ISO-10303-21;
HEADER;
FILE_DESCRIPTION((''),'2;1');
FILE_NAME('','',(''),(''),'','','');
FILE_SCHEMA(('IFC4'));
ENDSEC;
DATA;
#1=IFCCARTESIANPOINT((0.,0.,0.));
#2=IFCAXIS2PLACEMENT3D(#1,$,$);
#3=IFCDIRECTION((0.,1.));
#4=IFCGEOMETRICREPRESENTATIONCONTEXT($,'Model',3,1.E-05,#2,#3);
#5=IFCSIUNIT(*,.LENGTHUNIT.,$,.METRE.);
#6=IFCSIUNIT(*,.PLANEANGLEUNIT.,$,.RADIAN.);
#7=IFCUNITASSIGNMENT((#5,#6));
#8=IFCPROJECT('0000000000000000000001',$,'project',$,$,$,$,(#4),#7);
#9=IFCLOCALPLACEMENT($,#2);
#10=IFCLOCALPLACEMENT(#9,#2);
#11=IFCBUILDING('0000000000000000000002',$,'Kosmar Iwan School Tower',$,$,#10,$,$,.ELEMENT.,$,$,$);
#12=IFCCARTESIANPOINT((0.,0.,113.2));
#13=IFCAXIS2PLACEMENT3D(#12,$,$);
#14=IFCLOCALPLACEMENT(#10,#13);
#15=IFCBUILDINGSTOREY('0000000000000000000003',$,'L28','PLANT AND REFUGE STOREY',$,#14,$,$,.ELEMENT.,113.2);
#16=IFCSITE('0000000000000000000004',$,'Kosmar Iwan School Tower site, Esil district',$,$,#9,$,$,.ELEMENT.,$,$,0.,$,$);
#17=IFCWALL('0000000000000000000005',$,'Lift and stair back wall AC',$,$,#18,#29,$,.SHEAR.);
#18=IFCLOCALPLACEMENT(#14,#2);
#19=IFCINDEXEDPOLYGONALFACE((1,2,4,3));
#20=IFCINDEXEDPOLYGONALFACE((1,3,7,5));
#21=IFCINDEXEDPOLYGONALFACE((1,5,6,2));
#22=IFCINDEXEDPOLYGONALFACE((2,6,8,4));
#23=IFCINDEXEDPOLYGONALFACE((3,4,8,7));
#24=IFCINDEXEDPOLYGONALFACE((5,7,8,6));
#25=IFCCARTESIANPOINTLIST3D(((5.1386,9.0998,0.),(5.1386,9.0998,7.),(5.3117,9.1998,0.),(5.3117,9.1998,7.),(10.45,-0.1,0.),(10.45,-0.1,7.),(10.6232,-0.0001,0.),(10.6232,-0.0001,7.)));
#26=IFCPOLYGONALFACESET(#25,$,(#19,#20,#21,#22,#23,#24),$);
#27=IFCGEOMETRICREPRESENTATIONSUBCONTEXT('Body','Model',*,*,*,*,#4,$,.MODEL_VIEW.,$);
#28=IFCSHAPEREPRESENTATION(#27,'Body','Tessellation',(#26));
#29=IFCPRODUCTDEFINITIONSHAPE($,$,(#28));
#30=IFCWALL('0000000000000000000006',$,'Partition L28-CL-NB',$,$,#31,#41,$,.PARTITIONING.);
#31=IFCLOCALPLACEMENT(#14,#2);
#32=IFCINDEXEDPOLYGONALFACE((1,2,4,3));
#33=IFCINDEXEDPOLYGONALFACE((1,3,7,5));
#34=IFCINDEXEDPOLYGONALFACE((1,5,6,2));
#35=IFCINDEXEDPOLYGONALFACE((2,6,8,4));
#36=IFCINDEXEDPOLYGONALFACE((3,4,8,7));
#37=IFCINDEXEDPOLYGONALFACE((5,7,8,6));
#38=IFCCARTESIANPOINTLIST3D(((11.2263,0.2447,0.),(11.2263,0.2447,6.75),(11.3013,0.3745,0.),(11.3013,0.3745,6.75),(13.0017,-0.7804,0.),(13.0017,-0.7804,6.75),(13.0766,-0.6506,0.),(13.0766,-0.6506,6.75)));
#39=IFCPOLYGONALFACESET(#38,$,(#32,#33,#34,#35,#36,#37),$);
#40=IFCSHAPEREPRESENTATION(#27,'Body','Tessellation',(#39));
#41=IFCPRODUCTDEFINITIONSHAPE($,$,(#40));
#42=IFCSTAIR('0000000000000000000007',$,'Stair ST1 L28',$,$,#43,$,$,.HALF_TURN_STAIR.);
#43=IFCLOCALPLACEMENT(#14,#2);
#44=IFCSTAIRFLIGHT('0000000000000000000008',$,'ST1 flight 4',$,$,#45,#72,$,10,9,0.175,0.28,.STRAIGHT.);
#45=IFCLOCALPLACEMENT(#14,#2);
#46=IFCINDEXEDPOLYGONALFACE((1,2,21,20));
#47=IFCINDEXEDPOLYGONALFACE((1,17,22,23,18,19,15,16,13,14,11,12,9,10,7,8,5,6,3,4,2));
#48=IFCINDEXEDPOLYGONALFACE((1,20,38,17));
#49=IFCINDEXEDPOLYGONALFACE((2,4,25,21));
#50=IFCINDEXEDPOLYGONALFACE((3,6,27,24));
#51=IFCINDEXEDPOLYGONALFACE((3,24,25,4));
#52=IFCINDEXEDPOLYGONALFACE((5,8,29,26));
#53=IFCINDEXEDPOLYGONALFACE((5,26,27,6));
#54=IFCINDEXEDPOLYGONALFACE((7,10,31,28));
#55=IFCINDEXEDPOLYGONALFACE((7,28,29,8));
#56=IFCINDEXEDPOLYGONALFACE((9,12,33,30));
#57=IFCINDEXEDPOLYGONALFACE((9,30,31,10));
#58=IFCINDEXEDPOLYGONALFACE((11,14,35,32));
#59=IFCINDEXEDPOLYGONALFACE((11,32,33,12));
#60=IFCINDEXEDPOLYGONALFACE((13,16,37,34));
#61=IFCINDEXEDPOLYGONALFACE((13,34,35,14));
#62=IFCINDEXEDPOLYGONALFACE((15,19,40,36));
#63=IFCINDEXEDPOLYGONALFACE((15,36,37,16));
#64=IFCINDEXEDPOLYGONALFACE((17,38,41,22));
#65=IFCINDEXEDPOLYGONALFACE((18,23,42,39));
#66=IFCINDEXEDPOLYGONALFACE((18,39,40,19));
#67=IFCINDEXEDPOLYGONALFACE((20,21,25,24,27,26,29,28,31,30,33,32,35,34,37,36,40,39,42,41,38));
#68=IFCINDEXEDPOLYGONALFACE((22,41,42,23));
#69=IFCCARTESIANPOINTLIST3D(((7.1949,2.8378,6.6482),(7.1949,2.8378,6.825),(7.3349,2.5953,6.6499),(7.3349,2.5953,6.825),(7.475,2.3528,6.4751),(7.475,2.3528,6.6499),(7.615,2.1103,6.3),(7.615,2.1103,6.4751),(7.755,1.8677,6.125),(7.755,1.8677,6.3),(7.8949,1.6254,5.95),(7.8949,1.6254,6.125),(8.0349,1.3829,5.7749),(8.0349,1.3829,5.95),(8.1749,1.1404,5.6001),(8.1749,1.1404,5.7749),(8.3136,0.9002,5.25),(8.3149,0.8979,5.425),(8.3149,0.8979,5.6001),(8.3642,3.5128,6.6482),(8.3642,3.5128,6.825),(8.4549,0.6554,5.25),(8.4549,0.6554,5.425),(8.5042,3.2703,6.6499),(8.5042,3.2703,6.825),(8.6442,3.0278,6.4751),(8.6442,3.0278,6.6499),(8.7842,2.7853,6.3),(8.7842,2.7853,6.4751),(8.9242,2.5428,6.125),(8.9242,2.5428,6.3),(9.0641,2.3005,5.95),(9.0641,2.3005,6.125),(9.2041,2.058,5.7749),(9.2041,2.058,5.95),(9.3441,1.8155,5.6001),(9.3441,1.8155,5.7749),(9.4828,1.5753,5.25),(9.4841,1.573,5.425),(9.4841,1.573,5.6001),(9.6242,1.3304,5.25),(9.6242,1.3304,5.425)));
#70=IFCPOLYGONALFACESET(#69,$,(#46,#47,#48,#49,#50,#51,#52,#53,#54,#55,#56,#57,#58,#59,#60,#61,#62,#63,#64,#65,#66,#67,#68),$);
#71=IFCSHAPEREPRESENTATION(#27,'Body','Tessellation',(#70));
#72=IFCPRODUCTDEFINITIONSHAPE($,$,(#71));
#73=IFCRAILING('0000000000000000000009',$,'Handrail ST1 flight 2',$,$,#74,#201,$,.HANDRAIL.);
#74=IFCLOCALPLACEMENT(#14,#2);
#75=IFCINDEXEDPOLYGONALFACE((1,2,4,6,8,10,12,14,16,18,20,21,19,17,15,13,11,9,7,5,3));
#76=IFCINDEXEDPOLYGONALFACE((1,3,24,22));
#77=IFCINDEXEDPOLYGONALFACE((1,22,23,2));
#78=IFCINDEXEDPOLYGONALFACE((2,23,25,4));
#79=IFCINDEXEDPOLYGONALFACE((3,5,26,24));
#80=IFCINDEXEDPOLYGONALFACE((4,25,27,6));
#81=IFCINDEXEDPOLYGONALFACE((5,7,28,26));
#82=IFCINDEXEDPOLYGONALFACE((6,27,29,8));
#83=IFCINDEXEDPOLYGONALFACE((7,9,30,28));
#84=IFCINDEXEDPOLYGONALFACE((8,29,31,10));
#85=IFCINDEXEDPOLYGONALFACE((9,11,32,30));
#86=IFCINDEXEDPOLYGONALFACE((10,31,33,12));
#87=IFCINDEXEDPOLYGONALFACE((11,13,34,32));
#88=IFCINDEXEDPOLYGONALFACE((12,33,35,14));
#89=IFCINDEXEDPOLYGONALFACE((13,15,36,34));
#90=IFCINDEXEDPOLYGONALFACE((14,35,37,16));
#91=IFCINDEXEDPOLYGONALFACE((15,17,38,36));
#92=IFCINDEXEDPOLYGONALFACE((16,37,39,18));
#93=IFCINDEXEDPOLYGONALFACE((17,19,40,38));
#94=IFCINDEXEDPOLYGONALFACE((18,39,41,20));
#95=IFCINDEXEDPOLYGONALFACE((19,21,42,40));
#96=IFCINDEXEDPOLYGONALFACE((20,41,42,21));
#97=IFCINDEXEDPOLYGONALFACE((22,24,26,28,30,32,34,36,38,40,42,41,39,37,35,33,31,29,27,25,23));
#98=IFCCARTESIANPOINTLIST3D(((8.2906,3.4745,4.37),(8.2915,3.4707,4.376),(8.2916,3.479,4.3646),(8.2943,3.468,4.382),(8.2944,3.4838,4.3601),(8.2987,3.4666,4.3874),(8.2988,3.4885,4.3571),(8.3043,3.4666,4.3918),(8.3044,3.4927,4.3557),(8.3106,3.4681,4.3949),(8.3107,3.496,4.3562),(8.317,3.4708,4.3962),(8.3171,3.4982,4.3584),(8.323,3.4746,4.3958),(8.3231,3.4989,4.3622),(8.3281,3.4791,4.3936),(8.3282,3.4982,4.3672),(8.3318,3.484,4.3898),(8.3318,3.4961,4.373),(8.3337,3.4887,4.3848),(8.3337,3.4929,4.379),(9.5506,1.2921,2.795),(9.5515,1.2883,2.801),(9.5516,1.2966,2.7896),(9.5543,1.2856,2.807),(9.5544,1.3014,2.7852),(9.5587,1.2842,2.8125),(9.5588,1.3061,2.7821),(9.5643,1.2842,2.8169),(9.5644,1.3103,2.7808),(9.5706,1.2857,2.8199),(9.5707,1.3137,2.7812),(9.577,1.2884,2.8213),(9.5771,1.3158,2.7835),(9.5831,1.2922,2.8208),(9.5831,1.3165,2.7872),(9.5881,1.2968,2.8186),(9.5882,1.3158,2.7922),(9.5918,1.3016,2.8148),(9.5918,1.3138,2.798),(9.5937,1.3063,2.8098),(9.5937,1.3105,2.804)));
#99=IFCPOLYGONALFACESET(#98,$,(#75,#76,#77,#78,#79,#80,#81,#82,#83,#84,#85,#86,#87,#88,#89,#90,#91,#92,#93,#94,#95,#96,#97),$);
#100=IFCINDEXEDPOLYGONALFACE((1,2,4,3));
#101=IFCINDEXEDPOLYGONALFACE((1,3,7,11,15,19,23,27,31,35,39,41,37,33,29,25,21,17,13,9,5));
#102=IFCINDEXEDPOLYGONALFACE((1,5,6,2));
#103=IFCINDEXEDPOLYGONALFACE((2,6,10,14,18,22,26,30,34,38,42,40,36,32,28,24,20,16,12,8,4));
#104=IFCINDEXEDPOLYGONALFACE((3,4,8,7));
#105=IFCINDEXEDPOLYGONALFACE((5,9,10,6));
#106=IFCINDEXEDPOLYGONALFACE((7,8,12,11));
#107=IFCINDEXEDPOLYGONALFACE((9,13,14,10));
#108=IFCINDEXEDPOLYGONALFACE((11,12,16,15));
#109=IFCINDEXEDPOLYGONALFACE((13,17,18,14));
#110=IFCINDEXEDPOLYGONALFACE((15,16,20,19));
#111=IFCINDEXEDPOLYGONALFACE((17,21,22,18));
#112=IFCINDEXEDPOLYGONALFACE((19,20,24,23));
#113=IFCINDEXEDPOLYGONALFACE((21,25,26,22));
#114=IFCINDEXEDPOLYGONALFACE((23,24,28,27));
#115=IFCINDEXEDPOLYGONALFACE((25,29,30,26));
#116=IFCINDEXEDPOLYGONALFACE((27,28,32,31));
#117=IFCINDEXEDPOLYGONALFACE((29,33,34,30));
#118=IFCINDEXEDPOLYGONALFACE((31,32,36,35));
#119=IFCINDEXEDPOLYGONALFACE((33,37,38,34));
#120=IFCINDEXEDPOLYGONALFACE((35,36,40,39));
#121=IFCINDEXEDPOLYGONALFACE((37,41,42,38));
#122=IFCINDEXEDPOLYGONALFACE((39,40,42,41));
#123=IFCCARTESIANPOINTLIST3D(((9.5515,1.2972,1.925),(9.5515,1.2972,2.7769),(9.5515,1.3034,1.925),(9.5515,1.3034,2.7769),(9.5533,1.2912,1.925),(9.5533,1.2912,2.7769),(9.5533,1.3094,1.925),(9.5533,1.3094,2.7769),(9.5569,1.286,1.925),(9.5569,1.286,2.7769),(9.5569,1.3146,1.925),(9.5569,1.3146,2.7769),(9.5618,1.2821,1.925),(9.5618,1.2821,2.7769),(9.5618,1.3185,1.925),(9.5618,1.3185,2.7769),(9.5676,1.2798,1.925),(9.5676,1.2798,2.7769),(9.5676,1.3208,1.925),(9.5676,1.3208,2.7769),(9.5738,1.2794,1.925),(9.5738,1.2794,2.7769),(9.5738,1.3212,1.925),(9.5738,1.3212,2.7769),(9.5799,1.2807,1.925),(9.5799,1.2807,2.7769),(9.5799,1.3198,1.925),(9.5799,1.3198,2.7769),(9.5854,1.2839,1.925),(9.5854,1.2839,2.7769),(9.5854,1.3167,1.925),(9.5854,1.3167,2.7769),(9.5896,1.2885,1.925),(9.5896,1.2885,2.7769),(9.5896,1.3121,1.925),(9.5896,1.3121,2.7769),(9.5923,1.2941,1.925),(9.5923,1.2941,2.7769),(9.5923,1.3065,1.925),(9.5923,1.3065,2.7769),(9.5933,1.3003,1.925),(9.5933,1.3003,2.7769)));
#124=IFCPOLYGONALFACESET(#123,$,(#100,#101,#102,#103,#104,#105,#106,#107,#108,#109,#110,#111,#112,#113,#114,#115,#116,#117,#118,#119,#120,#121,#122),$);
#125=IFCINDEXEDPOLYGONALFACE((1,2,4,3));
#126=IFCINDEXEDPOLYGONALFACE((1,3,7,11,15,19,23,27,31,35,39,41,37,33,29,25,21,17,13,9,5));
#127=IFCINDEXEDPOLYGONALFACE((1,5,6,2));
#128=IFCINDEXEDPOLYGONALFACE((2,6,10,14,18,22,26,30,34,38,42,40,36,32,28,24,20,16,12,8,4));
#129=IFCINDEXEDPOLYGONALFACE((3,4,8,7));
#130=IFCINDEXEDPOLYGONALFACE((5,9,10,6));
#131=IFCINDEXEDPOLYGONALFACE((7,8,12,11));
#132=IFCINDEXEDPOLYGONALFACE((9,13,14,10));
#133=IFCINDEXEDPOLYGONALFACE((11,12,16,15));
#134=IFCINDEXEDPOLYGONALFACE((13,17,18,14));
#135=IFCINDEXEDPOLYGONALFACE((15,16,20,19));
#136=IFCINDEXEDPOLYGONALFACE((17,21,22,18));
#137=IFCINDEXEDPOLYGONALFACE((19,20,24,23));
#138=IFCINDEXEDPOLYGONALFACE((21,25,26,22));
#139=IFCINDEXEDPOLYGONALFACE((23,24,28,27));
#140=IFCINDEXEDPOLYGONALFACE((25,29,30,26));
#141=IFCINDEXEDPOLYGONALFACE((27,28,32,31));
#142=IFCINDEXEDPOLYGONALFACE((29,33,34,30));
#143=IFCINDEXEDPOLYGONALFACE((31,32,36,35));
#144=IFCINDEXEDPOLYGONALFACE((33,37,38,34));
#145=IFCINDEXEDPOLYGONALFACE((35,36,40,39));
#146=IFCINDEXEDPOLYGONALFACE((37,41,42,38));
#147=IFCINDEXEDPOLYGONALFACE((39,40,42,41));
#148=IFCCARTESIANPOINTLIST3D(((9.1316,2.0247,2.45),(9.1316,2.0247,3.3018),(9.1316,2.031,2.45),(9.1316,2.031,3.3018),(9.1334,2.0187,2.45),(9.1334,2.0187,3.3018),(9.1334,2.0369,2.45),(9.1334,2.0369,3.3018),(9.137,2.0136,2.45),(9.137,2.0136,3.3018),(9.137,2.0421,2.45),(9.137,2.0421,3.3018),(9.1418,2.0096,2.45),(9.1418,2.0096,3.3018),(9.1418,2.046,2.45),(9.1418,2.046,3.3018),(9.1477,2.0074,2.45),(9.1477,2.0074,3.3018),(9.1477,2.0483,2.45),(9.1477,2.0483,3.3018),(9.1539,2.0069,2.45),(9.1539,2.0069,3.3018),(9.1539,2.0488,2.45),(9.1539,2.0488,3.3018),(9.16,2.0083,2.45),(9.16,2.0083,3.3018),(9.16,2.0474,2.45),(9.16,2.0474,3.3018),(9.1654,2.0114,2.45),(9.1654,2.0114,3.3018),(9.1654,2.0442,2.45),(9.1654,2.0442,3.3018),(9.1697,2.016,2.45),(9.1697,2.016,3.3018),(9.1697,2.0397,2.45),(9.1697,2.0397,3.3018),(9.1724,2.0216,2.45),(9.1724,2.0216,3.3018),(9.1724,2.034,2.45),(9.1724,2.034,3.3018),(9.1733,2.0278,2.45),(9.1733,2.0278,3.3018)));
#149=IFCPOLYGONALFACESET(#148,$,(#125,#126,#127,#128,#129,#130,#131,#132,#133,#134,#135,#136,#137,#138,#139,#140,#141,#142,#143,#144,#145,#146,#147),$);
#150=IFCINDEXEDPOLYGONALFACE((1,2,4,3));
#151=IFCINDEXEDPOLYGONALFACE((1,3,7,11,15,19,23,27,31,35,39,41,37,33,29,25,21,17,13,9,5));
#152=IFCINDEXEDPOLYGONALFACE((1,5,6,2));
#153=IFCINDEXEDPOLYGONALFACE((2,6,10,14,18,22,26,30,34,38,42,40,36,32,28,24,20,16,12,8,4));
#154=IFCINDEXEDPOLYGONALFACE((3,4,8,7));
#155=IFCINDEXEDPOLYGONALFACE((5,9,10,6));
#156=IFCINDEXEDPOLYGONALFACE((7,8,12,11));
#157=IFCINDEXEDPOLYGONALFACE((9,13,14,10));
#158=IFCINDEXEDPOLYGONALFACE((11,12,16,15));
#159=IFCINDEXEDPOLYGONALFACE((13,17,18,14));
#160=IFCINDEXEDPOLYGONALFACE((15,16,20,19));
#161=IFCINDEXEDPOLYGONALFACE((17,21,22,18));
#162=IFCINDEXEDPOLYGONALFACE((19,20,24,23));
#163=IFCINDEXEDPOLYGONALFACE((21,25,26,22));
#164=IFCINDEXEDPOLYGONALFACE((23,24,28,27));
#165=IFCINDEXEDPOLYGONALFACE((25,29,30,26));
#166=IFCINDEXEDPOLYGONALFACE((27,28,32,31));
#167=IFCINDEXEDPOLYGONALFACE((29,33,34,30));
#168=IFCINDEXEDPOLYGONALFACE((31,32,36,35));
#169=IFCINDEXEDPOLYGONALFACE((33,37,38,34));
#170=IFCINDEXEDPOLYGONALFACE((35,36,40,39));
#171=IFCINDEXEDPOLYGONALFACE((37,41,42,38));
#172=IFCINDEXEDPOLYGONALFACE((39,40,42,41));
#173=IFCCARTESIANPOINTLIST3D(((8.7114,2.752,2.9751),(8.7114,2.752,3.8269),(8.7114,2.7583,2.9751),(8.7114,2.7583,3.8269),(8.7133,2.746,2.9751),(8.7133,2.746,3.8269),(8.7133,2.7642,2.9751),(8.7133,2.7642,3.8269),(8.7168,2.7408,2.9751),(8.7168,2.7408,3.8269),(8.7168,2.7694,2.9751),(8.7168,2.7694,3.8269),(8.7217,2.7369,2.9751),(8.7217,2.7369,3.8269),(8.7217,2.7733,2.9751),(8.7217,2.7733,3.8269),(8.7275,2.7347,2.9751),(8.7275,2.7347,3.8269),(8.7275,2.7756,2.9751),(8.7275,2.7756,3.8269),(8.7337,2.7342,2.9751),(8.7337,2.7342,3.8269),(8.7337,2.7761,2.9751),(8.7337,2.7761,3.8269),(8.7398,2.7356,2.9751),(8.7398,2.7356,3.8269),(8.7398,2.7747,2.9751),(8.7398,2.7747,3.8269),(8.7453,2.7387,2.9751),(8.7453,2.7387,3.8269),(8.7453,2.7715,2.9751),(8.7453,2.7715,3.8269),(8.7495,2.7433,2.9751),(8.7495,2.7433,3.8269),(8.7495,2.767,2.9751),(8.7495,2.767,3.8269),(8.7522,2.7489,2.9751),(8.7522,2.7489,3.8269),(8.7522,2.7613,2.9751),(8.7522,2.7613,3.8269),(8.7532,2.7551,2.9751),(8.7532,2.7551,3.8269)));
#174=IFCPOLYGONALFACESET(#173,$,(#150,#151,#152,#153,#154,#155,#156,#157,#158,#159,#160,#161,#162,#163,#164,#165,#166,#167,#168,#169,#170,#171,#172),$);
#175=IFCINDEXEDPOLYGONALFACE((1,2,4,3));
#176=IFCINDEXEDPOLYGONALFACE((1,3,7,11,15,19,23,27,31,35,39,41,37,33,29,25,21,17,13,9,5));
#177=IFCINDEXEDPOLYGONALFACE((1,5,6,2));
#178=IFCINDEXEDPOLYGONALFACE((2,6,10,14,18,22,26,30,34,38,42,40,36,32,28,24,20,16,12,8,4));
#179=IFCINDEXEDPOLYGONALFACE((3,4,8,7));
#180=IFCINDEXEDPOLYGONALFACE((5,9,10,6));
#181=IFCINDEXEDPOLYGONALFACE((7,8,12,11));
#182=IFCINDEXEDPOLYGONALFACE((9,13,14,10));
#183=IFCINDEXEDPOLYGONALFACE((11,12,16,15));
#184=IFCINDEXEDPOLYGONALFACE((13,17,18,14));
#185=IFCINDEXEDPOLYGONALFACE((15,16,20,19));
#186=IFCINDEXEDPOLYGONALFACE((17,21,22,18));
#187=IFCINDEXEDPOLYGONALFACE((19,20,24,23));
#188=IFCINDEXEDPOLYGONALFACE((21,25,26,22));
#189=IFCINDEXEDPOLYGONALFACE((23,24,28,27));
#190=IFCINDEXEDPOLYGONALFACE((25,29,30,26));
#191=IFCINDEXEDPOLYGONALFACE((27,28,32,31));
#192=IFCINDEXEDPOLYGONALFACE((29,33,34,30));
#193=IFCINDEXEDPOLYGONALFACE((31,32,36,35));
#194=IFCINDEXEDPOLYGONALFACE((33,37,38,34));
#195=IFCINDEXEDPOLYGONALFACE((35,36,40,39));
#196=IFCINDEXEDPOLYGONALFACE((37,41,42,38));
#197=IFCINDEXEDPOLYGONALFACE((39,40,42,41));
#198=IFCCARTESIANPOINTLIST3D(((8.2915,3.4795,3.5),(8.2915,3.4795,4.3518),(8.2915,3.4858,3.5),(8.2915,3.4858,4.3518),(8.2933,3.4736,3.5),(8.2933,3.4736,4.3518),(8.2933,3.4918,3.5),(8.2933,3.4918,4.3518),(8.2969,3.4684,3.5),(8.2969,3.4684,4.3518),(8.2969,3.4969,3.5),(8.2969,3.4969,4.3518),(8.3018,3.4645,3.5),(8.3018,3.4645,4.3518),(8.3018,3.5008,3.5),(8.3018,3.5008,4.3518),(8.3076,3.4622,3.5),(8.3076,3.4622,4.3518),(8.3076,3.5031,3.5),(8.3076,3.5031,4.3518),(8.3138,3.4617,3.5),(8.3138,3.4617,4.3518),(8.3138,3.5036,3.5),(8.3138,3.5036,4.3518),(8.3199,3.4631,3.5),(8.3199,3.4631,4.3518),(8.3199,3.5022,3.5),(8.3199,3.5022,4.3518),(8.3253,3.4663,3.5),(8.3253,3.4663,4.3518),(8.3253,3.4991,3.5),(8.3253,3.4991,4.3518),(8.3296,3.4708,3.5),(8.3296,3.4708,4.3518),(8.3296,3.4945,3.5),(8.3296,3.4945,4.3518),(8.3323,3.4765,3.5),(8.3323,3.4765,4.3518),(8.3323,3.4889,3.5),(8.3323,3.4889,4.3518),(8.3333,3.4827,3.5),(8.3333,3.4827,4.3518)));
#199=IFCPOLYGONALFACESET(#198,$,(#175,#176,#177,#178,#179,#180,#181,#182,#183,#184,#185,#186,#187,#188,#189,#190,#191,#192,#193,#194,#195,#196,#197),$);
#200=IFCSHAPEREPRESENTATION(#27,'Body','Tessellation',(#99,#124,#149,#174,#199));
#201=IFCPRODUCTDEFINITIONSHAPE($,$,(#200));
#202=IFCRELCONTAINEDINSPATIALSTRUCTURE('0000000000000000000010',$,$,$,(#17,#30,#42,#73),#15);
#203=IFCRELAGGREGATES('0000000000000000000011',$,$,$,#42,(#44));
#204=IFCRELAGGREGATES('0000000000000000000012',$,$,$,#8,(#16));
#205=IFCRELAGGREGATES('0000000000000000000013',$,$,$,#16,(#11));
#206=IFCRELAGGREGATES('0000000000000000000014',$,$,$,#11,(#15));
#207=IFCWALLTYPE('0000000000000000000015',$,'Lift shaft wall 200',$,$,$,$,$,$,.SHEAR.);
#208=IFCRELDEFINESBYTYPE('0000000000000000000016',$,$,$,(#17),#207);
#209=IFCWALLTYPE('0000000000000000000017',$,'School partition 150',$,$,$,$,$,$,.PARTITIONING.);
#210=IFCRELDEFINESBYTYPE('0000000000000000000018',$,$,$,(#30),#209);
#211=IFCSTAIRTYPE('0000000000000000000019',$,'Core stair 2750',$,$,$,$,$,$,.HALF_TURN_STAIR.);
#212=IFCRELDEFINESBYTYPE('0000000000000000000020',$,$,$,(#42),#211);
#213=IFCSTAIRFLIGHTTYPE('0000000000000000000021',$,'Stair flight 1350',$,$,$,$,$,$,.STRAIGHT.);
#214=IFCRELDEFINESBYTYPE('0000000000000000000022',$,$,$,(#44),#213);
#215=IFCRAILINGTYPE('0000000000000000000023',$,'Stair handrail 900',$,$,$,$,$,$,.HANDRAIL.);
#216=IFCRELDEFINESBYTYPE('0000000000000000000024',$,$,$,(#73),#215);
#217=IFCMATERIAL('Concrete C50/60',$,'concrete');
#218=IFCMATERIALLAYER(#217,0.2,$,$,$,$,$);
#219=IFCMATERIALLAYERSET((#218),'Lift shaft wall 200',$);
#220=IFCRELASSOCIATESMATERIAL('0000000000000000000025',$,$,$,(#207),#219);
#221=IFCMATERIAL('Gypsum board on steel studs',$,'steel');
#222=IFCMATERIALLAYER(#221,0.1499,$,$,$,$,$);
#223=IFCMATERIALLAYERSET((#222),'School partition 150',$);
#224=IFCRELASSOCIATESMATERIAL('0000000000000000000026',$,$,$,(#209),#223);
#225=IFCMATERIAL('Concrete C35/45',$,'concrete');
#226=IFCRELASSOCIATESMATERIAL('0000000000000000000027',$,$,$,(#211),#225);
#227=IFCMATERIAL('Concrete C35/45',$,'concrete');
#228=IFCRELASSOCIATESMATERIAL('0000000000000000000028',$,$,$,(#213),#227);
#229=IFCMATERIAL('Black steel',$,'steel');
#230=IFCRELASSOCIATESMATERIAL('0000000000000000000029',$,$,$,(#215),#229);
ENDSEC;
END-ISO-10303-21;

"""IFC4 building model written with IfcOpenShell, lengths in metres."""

from ifc_helpers import new_model, si_unit, direction, frame, frame_2d, origin, origin_2d, place, context, subcontext, project, spatial, polyline, rectangle, circle, outline, extrude, material, layer, layer_set, type_object, element, aggregate, save


model = new_model("IFC4")

# Units and contexts
model_context = context("Model", 3, precision=1e-05, world=origin(), true_north=direction((0.0, 1.0)))
body_context = subcontext(model_context, "Body", "Model", "MODEL_VIEW")
ifc_project = project(units=[si_unit("LENGTHUNIT", "METRE"), si_unit("PLANEANGLEUNIT", "RADIAN")], contexts=[model_context])

# Site, building, storey
site_placement = place(None, origin())
site = spatial("IfcSite", under=ifc_project, at=site_placement, Name="Kosmar Iwan School Tower site, Esil district", CompositionType="ELEMENT", RefElevation=0.0)
building_placement = place(site_placement, origin())
building = spatial("IfcBuilding", under=site, at=building_placement, Name="Kosmar Iwan School Tower", CompositionType="ELEMENT")
storey_placement = place(building_placement, frame((0.0, 0.0, 113.2)))
storey = spatial("IfcBuildingStorey", under=building, at=storey_placement, Name="L28", Description="PLANT AND REFUGE STOREY", CompositionType="ELEMENT", Elevation=113.2)

# Walls
ifc_material_1 = material(Name="Concrete C50/60", Category="concrete")
ifc_layer_1 = layer(ifc_material_1, 0.2)
ifc_layer_set_1 = layer_set([ifc_layer_1], Name="Lift shaft wall 200")
wall_type_1 = type_object("IfcWallType", Name="Lift shaft wall 200", PredefinedType="SHEAR", material=ifc_layer_set_1)
wall_1_placement = place(storey_placement, frame((10.5366, -0.05, 0.0), z_axis=(0.0, 0.0, 1.0), x_axis=(-0.499995, 0.866028, 0.0)))
element("IfcWall", 1, at=wall_1_placement, inside=storey, type_object=wall_type_1, Name="Lift and stair back wall AC", PredefinedType="SHEAR", context=body_context, shape_type="SweptSolid", body=[
    extrude(rectangle(XDim=10.623, YDim=0.2, at=frame_2d((5.3115, 0.0))), origin(), (0.0, 0.0, 1.0), 7.0),
])
ifc_material_2 = material(Name="Gypsum board on steel studs", Category="steel")
ifc_layer_2 = layer(ifc_material_2, 0.1499)
ifc_layer_set_2 = layer_set([ifc_layer_2], Name="School partition 150")
wall_type_2 = type_object("IfcWallType", Name="School partition 150", PredefinedType="PARTITIONING", material=ifc_layer_set_2)
wall_2_placement = place(storey_placement, frame((11.2639, 0.3096, 0.0), z_axis=(0.0, 0.0, 1.0), x_axis=(0.865999, -0.500045, 0.0)))
element("IfcWall", 2, at=wall_2_placement, inside=storey, type_object=wall_type_2, Name="Partition L28-CL-NB", PredefinedType="PARTITIONING", context=body_context, shape_type="SweptSolid", body=[
    extrude(rectangle(XDim=2.05, YDim=0.1499, at=frame_2d((1.0249, 0.0))), origin(), (0.0, 0.0, 1.0), 6.75),
])

# Stair, stair flight
ifc_material_3 = material(Name="Concrete C35/45", Category="concrete")
stair_type = type_object("IfcStairType", Name="Core stair 2750", PredefinedType="HALF_TURN_STAIR", material=ifc_material_3)
stair_placement = place(storey_placement, origin())
stair = element("IfcStair", 3, at=stair_placement, inside=storey, type_object=stair_type, Name="Stair ST1 L28", PredefinedType="HALF_TURN_STAIR")
ifc_material_4 = material(Name="Concrete C35/45", Category="concrete")
stair_flight_type = type_object("IfcStairFlightType", Name="Stair flight 1350", PredefinedType="STRAIGHT", material=ifc_material_4)
stair_flight_placement = place(storey_placement, frame((9.0396, 0.9929, 5.25), z_axis=(0.0, 0.0, 1.0), x_axis=(-0.5, 0.866025, 0.0)))
stair_flight = element("IfcStairFlight", 4, at=stair_flight_placement, type_object=stair_flight_type, Name="ST1 flight 4", NumberOfRisers=10, NumberOfTreads=9, PredefinedType="STRAIGHT", RiserHeight=0.175, TreadLength=0.28, context=body_context, shape_type="SweptSolid", body=[
    extrude(outline(polyline([(0.0, 0.0), (0.0, 0.175), (0.28, 0.175), (0.28, 0.3501), (0.5601, 0.3501), (0.5601, 0.5249), (0.8401, 0.5249), (0.8401, 0.7), (1.1201, 0.7), (1.1201, 0.875), (1.3999, 0.875), (1.3999, 1.05), (1.6799, 1.05), (1.6799, 1.2251), (1.96, 1.2251), (1.96, 1.3999), (2.24, 1.3999), (2.24, 1.575), (2.52, 1.575), (2.52, 1.75), (2.52, 1.3982), (0.2827, 0.0), (0.0, 0.0)])), frame((0.0, 0.675, 0.0), z_axis=(0.0, -1.0, 0.0), x_axis=(1.0, 0.0, 0.0)), (0.0, 0.0, 1.0), 1.3501),
])
aggregate(stair, [stair_flight])

# Railing
ifc_material_5 = material(Name="Black steel", Category="steel")
railing_type = type_object("IfcRailingType", Name="Stair handrail 900", PredefinedType="HANDRAIL", material=ifc_material_5)
for number, where, name in (
    (5, (9.5723, 1.3003, 1.925), "Handrail ST1 flight 2"),
):
    element("IfcRailing", number, at=place(storey_placement, frame(where)), inside=storey, type_object=railing_type, Name=name, PredefinedType="HANDRAIL", context=body_context, shape_type="SweptSolid", body=[
        extrude(circle(Radius=0.0239, at=origin_2d()), frame((0.0, 0.0, 0.876), z_axis=(-0.424007, 0.734392, 0.529988), x_axis=(-0.866023, -0.500005, 0.0)), (0.0, 0.0, 1.0), 2.9717),
        extrude(circle(Radius=0.021, at=origin_2d()), origin(), (0.0, 0.0, 1.0), 0.8518),
        extrude(circle(Radius=0.021, at=origin_2d()), frame((-0.4199, 0.7275, 0.5249)), (0.0, 0.0, 1.0), 0.8518),
        extrude(circle(Radius=0.021, at=origin_2d()), frame((-0.8401, 1.4548, 1.05)), (0.0, 0.0, 1.0), 0.8518),
        extrude(circle(Radius=0.021, at=origin_2d()), frame((-1.26, 2.1824, 1.575)), (0.0, 0.0, 1.0), 0.8518),
    ])

save(model, "model.ifc")
